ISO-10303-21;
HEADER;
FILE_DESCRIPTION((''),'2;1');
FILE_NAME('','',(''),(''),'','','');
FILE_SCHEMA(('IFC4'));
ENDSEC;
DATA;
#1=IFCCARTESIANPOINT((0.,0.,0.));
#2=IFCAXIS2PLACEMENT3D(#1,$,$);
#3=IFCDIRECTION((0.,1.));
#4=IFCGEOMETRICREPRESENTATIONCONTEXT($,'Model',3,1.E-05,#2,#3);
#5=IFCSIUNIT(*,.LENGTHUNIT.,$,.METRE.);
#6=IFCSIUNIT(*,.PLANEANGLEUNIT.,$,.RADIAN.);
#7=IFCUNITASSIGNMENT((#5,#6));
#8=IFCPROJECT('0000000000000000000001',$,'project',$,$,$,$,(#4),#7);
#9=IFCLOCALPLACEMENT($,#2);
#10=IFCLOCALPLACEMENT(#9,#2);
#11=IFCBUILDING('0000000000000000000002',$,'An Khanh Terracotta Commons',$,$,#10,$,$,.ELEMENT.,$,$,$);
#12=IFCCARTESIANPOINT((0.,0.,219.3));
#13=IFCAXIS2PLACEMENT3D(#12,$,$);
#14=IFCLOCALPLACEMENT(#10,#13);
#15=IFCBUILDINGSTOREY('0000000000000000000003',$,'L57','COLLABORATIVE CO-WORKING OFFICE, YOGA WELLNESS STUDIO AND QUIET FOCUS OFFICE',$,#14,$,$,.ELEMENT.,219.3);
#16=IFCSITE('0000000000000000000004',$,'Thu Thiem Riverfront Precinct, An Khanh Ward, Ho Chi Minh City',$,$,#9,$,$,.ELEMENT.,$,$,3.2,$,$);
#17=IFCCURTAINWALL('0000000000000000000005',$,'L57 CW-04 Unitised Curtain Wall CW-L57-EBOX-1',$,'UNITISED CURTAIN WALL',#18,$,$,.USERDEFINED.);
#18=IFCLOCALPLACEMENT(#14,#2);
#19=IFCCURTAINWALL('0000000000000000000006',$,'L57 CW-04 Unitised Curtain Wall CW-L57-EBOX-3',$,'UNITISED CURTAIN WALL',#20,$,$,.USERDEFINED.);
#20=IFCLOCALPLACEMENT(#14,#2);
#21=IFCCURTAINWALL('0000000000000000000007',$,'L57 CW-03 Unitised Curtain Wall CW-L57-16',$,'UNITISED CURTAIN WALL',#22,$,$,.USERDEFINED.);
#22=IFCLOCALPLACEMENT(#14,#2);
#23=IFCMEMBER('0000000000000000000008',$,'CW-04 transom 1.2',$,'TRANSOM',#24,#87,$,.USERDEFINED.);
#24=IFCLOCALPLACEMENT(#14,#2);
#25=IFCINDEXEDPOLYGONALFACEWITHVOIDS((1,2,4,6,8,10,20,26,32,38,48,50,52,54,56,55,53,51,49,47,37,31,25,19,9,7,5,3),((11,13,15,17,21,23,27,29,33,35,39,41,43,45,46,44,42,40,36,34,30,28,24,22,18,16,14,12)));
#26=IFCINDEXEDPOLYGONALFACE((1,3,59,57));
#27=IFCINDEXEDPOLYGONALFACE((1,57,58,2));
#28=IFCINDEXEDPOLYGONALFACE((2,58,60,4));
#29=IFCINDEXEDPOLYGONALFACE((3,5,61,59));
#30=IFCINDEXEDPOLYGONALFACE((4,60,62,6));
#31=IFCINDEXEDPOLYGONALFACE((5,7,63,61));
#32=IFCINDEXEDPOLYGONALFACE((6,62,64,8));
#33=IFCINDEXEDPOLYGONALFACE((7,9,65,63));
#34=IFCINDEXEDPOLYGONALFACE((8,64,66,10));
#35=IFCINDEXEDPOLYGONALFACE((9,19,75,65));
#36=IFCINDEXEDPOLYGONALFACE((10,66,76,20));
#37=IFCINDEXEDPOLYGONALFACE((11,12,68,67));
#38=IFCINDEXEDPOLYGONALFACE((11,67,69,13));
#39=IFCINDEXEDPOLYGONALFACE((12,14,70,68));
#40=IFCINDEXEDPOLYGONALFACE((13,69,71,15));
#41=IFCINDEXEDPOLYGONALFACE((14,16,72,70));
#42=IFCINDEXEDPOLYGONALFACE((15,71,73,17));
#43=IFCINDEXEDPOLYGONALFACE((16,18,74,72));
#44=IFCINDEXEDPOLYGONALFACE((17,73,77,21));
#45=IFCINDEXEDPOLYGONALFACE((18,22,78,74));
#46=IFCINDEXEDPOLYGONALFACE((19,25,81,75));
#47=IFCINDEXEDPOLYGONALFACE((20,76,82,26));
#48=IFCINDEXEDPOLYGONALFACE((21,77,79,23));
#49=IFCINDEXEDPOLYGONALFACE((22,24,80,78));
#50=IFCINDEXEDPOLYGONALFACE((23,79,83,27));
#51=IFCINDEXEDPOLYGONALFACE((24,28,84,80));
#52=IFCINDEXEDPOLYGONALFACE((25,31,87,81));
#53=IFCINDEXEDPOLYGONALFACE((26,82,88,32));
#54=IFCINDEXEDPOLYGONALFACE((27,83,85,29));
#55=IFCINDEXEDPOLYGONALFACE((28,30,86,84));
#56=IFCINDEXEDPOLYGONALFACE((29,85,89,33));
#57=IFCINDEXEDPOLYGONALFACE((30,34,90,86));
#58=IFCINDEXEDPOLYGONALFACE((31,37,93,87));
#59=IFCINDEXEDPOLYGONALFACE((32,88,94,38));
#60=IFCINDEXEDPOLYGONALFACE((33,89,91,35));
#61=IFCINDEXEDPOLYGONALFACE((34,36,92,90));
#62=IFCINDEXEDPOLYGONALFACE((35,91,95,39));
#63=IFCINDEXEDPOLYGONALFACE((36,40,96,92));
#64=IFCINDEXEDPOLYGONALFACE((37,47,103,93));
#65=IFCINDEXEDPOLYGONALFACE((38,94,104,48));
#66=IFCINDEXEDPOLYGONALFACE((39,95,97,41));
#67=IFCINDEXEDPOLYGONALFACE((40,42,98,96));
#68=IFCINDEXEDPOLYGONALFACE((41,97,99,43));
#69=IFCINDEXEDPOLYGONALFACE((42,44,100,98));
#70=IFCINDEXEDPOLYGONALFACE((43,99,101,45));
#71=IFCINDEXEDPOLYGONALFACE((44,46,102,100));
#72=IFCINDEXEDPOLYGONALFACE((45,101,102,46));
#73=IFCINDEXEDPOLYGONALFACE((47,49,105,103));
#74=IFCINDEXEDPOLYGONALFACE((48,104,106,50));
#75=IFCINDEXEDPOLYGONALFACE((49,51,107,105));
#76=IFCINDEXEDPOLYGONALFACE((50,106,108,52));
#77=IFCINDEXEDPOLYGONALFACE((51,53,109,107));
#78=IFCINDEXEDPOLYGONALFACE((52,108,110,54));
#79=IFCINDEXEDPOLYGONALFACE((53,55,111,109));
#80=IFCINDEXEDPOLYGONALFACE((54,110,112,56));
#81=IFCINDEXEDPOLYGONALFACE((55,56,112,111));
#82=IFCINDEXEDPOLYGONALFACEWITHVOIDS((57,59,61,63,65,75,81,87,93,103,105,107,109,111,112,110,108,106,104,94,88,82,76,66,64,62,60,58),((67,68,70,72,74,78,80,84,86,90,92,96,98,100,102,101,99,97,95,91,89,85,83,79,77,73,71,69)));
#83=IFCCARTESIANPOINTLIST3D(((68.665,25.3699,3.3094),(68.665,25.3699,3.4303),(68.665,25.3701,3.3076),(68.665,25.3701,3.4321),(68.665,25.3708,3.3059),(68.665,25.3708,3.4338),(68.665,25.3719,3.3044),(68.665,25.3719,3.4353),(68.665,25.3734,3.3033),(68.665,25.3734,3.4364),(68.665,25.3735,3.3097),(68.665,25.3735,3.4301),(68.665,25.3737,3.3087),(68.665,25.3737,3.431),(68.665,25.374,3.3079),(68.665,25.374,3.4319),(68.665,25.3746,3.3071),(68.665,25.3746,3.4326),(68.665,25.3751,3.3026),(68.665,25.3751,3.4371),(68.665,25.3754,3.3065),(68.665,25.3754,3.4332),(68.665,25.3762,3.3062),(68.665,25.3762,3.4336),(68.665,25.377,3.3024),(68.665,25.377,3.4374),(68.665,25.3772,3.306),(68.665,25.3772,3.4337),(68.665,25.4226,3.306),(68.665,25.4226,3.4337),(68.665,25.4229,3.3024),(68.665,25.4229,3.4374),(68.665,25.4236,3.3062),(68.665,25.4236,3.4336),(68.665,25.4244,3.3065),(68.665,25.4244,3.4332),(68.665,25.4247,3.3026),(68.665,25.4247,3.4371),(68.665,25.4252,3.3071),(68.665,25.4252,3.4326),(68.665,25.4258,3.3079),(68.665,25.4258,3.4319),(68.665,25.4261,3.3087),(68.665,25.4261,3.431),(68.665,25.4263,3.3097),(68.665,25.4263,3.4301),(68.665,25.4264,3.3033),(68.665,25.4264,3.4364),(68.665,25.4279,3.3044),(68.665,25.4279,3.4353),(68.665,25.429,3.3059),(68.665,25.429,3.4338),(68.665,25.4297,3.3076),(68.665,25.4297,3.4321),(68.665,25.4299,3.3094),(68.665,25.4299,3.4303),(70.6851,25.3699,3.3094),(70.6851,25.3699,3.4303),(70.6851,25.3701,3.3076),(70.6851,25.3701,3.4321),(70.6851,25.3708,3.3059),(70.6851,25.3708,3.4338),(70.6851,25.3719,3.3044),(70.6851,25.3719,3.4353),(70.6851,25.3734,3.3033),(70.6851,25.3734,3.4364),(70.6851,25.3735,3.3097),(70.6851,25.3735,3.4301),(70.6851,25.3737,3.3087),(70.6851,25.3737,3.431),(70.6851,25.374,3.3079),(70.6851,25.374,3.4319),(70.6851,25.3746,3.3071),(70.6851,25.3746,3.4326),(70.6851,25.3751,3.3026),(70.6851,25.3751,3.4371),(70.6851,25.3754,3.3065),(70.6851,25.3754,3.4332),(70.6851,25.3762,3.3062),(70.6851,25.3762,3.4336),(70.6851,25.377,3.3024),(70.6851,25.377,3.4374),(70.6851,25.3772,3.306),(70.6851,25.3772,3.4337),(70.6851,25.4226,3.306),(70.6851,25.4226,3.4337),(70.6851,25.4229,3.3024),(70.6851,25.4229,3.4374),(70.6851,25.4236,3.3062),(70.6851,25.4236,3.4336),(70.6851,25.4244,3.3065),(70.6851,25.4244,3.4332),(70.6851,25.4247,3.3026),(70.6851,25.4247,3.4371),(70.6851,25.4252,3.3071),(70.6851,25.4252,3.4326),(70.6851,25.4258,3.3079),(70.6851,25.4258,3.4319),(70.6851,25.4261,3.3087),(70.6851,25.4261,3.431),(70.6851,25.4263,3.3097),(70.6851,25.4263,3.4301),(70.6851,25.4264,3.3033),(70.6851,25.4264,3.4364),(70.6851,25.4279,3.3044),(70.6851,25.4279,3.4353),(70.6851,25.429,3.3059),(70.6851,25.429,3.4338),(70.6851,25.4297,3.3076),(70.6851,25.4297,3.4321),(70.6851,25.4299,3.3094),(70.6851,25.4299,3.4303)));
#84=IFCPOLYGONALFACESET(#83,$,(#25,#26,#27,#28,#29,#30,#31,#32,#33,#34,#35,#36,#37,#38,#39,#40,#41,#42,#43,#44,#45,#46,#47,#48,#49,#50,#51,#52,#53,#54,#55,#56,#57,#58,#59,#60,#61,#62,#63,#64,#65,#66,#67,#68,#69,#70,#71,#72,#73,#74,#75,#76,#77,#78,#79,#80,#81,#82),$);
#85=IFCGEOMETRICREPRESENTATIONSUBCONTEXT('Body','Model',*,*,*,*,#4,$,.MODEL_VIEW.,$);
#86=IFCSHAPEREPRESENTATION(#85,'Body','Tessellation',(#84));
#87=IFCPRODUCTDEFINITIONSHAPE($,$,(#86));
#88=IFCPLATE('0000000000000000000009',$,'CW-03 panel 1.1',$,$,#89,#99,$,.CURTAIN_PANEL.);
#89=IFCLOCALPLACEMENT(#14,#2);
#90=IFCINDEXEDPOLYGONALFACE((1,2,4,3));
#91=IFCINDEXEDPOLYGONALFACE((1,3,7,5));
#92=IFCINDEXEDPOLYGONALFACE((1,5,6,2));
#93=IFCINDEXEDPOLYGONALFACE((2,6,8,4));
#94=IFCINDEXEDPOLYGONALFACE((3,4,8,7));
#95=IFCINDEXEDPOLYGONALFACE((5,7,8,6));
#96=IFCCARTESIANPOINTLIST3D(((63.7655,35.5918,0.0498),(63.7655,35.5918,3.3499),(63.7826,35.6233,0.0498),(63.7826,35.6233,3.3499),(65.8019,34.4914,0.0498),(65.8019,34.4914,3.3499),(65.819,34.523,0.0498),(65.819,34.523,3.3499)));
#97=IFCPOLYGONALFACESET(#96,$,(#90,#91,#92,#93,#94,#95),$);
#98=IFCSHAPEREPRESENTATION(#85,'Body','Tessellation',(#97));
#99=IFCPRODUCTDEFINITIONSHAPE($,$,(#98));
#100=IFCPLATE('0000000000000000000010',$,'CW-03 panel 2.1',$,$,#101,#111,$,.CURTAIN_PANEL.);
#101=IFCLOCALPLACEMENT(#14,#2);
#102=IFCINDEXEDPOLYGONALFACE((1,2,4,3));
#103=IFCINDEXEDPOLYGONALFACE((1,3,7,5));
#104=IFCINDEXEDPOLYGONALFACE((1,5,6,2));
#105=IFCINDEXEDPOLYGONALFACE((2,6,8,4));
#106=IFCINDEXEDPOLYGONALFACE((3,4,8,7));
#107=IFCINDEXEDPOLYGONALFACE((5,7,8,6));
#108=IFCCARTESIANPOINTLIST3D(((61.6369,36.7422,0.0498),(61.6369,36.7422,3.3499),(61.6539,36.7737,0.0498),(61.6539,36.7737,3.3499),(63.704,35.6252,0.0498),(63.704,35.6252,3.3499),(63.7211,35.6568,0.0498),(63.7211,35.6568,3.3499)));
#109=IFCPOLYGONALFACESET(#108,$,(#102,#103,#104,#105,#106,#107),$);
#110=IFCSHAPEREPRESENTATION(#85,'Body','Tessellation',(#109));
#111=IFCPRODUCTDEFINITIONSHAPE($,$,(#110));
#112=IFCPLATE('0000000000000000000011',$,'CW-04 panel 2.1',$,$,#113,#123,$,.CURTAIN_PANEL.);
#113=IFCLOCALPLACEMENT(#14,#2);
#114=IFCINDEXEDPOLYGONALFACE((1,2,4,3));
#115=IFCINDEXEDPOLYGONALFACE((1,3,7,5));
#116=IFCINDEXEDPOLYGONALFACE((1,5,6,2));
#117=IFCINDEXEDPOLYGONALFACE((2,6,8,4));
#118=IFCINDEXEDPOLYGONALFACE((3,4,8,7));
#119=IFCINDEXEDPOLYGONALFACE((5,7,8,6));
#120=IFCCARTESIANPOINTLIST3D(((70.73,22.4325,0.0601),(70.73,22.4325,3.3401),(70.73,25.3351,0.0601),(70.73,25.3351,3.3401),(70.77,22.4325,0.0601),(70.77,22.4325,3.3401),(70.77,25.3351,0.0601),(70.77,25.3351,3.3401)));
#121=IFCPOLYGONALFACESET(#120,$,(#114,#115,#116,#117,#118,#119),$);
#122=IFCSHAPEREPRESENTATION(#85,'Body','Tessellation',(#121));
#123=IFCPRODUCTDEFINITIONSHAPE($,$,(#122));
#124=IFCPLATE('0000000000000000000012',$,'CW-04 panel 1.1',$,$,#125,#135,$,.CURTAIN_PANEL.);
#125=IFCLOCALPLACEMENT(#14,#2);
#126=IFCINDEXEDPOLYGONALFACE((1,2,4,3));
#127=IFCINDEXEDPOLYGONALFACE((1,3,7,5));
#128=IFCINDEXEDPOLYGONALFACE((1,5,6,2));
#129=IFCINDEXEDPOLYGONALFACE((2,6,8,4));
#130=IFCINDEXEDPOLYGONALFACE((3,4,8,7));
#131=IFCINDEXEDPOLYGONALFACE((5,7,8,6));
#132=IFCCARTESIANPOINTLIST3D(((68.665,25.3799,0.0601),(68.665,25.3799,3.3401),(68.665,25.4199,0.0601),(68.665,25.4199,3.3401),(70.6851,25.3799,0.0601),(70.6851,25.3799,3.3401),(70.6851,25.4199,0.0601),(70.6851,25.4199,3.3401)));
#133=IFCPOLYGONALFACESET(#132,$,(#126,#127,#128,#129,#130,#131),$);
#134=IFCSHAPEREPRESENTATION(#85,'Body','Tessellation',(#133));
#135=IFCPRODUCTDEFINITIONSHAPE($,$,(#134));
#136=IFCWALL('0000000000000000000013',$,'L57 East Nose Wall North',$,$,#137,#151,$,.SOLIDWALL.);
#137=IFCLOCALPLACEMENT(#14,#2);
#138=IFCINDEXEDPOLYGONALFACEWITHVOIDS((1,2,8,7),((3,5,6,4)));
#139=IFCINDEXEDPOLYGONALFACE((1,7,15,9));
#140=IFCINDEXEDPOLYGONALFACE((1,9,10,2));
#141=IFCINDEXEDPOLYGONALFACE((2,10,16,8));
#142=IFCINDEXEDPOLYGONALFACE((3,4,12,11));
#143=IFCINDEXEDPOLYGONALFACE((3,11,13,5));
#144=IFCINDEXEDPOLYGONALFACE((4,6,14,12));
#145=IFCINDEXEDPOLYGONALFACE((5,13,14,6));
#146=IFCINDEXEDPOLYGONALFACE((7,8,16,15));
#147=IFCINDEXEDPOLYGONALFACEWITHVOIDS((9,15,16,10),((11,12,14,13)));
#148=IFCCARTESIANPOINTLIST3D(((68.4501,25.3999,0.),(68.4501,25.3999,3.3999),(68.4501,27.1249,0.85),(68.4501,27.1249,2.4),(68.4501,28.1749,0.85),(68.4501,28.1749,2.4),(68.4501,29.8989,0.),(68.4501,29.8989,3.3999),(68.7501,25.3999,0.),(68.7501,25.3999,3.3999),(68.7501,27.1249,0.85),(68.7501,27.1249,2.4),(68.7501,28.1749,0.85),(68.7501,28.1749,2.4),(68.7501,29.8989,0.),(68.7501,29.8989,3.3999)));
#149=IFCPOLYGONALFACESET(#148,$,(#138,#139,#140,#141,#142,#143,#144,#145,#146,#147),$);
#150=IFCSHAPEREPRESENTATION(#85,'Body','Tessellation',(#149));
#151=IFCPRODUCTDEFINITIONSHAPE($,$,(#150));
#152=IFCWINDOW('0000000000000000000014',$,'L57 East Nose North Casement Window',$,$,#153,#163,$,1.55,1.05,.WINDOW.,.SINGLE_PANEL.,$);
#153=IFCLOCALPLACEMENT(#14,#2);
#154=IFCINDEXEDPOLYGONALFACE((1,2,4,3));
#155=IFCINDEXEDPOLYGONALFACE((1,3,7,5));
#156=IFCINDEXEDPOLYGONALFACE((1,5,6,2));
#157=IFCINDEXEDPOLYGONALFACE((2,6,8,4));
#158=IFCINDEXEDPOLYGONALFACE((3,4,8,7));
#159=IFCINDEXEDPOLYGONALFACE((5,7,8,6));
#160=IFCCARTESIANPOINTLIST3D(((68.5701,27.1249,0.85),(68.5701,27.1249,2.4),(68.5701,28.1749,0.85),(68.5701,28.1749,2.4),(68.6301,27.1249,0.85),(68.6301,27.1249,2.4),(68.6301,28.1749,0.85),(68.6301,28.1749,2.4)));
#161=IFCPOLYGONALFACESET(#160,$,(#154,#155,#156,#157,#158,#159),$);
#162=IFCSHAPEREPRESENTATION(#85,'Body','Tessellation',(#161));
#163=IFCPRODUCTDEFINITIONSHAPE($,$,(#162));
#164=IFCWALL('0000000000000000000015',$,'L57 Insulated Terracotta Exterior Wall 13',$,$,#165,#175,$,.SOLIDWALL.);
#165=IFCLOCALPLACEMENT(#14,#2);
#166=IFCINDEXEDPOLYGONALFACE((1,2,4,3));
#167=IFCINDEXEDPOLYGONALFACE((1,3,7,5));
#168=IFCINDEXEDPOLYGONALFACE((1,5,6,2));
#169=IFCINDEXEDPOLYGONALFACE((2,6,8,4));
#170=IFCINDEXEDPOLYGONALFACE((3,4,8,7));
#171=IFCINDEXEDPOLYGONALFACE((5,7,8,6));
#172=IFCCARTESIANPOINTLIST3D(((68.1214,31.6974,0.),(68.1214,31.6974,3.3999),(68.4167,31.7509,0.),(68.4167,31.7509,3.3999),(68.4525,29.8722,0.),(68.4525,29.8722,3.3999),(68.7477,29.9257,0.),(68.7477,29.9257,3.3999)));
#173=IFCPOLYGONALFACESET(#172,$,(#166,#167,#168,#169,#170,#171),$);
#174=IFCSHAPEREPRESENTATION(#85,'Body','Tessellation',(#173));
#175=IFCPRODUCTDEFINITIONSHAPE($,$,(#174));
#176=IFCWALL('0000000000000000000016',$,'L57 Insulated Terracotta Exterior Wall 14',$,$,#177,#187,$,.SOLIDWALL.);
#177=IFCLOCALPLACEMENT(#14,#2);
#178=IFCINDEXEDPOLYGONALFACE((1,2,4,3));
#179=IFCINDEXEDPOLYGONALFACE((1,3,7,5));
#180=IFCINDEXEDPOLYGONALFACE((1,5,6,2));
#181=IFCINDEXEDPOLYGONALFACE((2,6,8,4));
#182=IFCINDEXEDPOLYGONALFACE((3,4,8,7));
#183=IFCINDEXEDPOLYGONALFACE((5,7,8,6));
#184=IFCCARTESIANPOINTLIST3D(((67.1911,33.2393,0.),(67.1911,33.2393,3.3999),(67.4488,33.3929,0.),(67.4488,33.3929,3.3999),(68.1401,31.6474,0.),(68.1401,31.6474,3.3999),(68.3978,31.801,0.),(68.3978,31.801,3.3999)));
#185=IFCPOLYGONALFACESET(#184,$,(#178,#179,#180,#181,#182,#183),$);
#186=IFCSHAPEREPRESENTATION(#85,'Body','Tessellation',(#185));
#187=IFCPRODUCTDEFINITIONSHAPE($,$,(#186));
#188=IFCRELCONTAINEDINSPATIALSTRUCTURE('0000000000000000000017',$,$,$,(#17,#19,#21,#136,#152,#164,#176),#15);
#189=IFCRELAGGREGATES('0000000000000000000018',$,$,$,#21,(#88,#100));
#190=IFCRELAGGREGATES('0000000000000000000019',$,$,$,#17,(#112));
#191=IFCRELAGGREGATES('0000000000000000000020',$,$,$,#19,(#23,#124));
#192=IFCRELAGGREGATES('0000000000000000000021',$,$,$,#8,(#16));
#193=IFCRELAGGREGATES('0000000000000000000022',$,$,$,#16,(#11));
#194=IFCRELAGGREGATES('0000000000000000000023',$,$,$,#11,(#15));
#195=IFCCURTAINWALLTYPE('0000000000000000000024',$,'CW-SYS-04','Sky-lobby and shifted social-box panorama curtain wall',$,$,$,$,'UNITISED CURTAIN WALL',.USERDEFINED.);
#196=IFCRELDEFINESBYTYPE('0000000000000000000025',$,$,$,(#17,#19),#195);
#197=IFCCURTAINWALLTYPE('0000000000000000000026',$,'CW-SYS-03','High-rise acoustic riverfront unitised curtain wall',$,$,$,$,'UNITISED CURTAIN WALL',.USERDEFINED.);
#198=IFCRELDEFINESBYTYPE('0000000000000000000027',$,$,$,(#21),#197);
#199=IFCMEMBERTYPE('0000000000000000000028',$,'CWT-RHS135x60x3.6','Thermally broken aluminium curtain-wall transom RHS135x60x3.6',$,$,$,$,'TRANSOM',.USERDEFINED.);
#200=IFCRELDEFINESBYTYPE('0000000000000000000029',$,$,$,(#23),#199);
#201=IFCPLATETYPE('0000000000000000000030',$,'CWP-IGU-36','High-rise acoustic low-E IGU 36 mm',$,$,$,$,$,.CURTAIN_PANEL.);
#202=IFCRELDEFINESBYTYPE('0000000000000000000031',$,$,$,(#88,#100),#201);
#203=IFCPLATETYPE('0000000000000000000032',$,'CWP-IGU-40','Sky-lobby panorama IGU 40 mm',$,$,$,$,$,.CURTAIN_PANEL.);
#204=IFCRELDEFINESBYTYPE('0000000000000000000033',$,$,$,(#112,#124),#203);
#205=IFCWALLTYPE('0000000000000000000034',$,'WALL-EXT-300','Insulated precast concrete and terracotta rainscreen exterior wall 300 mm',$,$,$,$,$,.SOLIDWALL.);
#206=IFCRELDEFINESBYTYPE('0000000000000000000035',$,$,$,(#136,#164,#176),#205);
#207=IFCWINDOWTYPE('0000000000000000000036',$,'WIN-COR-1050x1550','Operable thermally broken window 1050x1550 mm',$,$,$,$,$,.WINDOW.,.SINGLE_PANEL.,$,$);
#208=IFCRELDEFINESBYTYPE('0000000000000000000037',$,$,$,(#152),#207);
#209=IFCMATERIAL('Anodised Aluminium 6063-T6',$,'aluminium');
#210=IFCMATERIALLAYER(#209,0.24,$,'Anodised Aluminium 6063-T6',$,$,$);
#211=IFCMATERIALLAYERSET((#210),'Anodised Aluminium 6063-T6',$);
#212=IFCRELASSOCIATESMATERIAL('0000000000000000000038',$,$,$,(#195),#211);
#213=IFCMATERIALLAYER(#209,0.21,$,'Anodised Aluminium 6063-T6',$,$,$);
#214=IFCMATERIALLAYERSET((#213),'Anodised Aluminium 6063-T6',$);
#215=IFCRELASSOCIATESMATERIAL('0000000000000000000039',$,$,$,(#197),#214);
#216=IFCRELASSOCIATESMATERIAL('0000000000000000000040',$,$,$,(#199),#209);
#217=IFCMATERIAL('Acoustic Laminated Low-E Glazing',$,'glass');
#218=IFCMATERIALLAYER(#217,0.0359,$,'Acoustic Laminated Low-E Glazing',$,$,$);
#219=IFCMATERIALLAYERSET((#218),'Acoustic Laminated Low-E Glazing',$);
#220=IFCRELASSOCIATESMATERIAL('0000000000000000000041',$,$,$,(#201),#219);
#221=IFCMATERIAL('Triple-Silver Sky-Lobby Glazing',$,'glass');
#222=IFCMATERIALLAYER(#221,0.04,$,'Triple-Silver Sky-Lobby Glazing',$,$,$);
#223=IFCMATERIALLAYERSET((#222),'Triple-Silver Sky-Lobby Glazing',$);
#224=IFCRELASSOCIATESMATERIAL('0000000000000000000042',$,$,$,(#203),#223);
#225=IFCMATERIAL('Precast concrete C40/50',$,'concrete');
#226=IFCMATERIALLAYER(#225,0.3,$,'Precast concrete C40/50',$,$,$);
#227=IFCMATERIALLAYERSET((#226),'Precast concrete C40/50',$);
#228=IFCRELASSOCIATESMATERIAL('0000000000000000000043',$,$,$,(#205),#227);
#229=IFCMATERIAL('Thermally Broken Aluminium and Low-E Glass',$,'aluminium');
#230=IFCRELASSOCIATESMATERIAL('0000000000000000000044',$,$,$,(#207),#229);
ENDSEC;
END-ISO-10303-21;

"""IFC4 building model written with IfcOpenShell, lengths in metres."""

from ifc_helpers import new_model, si_unit, direction, frame, frame_2d, origin, origin_2d, place, context, subcontext, project, spatial, rectangle, hollow_rectangle, extrude, material, layer, layer_set, material_profile, profile_set, type_object, element, fill, aggregate, save


model = new_model("IFC4")

# Units and contexts
model_context = context("Model", 3, precision=1e-05, world=origin(), true_north=direction((0.0, 1.0)))
body_context = subcontext(model_context, "Body", "Model", "MODEL_VIEW")
ifc_project = project(units=[si_unit("LENGTHUNIT", "METRE"), si_unit("PLANEANGLEUNIT", "RADIAN")], contexts=[model_context])

# Site, building, storey
site_placement = place(None, origin())
site = spatial("IfcSite", under=ifc_project, at=site_placement, Name="Thu Thiem Riverfront Precinct, An Khanh Ward, Ho Chi Minh City", CompositionType="ELEMENT", RefElevation=3.2)
building_placement = place(site_placement, origin())
building = spatial("IfcBuilding", under=site, at=building_placement, Name="An Khanh Terracotta Commons", CompositionType="ELEMENT")
storey_placement = place(building_placement, frame((0.0, 0.0, 219.3)))
storey = spatial("IfcBuildingStorey", under=building, at=storey_placement, Name="L57", Description="COLLABORATIVE CO-WORKING OFFICE, YOGA WELLNESS STUDIO AND QUIET FOCUS OFFICE", CompositionType="ELEMENT", Elevation=219.3)

# Curtain wall
ifc_material_1 = material(Name="Anodised Aluminium 6063-T6", Category="aluminium")
ifc_layer_1 = layer(ifc_material_1, 0.24, Name="Anodised Aluminium 6063-T6")
ifc_layer_set_1 = layer_set([ifc_layer_1], Name="Anodised Aluminium 6063-T6")
curtain_wall_type_1 = type_object("IfcCurtainWallType", Name="CW-SYS-04", Description="Sky-lobby and shifted social-box panorama curtain wall", ElementType="UNITISED CURTAIN WALL", PredefinedType="USERDEFINED", material=ifc_layer_set_1)
curtain_wall_1_placement = place(storey_placement, origin())
curtain_wall_1 = element("IfcCurtainWall", 1, at=curtain_wall_1_placement, inside=storey, type_object=curtain_wall_type_1, Name="L57 CW-04 Unitised Curtain Wall CW-L57-EBOX-1", ObjectType="UNITISED CURTAIN WALL", PredefinedType="USERDEFINED")

# Curtain walls
curtain_wall_2_placement = place(storey_placement, origin())
curtain_wall_2 = element("IfcCurtainWall", 2, at=curtain_wall_2_placement, inside=storey, type_object=curtain_wall_type_1, Name="L57 CW-04 Unitised Curtain Wall CW-L57-EBOX-3", ObjectType="UNITISED CURTAIN WALL", PredefinedType="USERDEFINED")
ifc_layer_2 = layer(ifc_material_1, 0.21, Name="Anodised Aluminium 6063-T6")
ifc_layer_set_2 = layer_set([ifc_layer_2], Name="Anodised Aluminium 6063-T6")
curtain_wall_type_2 = type_object("IfcCurtainWallType", Name="CW-SYS-03", Description="High-rise acoustic riverfront unitised curtain wall", ElementType="UNITISED CURTAIN WALL", PredefinedType="USERDEFINED", material=ifc_layer_set_2)
curtain_wall_3_placement = place(storey_placement, origin())
curtain_wall_3 = element("IfcCurtainWall", 3, at=curtain_wall_3_placement, inside=storey, type_object=curtain_wall_type_2, Name="L57 CW-03 Unitised Curtain Wall CW-L57-16", ObjectType="UNITISED CURTAIN WALL", PredefinedType="USERDEFINED")

# Member
ifc_material_profile_1 = material_profile(ifc_material_1, hollow_rectangle(XDim=0.0601, YDim=0.135, WallThickness=0.0037, InnerFilletRadius=0.0037, OuterFilletRadius=0.0071, at=origin_2d()), Name="RHS135x60x3.6")
ifc_profile_set_1 = profile_set([ifc_material_profile_1], Name="Anodised Aluminium 6063-T6")
member_type_1 = type_object("IfcMemberType", Name="CWT-RHS135x60x3.6", Description="Thermally broken aluminium curtain-wall transom RHS135x60x3.6", ElementType="TRANSOM", PredefinedType="USERDEFINED", material=ifc_profile_set_1)
member_1_placement = place(storey_placement, frame((70.6851, 25.3999, 3.3699), z_axis=(-1.0, 0.0, 0.0), x_axis=(0.0, -1.0, 0.0)))
member_1 = element("IfcMember", 4, at=member_1_placement, type_object=member_type_1, Name="CW-04 transom 1.2", ObjectType="TRANSOM", PredefinedType="USERDEFINED", context=body_context, shape_type="SweptSolid", body=[
    extrude(hollow_rectangle(XDim=0.0601, YDim=0.135, WallThickness=0.0037, InnerFilletRadius=0.0037, OuterFilletRadius=0.0071, at=origin_2d()), origin(), (0.0, 0.0, 1.0), 2.02),
])

# Plates
ifc_material_2 = material(Name="Acoustic Laminated Low-E Glazing", Category="glass")
ifc_layer_3 = layer(ifc_material_2, 0.0359, Name="Acoustic Laminated Low-E Glazing")
ifc_layer_set_3 = layer_set([ifc_layer_3], Name="Acoustic Laminated Low-E Glazing")
plate_type_1 = type_object("IfcPlateType", Name="CWP-IGU-36", Description="High-rise acoustic low-E IGU 36 mm", PredefinedType="CURTAIN_PANEL", material=ifc_layer_set_3)
plate_1_placement = place(storey_placement, frame((64.7922, 35.0574, 0.0498), z_axis=(0.0, 0.0, 1.0), x_axis=(-0.87978, 0.475381, 0.0)))
plate_1 = element("IfcPlate", 5, at=plate_1_placement, type_object=plate_type_1, Name="CW-03 panel 1.1", PredefinedType="CURTAIN_PANEL", context=body_context, shape_type="SweptSolid", body=[
    extrude(rectangle(XDim=2.3147, YDim=0.0359, at=origin_2d()), origin(), (0.0, 0.0, 1.0), 3.3),
])
plate_2_placement = place(storey_placement, frame((62.679, 36.1995, 0.0498), z_axis=(0.0, 0.0, 1.0), x_axis=(-0.87978, 0.475381, 0.0)))
plate_2 = element("IfcPlate", 6, at=plate_2_placement, type_object=plate_type_1, Name="CW-03 panel 2.1", PredefinedType="CURTAIN_PANEL", context=body_context, shape_type="SweptSolid", body=[
    extrude(rectangle(XDim=2.3496, YDim=0.0359, at=origin_2d()), origin(), (0.0, 0.0, 1.0), 3.3),
])
aggregate(curtain_wall_3, [plate_1, plate_2])
ifc_material_3 = material(Name="Triple-Silver Sky-Lobby Glazing", Category="glass")
ifc_layer_4 = layer(ifc_material_3, 0.04, Name="Triple-Silver Sky-Lobby Glazing")
ifc_layer_set_4 = layer_set([ifc_layer_4], Name="Triple-Silver Sky-Lobby Glazing")
plate_type_2 = type_object("IfcPlateType", Name="CWP-IGU-40", Description="Sky-lobby panorama IGU 40 mm", PredefinedType="CURTAIN_PANEL", material=ifc_layer_set_4)
plate_3_placement = place(storey_placement, frame((70.75, 23.8838, 0.0601), z_axis=(0.0, 0.0, 1.0), x_axis=(0.0, 1.0, 0.0)))
plate_3 = element("IfcPlate", 7, at=plate_3_placement, type_object=plate_type_2, Name="CW-04 panel 2.1", PredefinedType="CURTAIN_PANEL", context=body_context, shape_type="SweptSolid", body=[
    extrude(rectangle(XDim=2.9026, YDim=0.04, at=origin_2d()), origin(), (0.0, 0.0, 1.0), 3.28),
])
aggregate(curtain_wall_1, [plate_3])
plate_4_placement = place(storey_placement, frame((69.675, 25.3999, 0.0601), z_axis=(0.0, 0.0, 1.0), x_axis=(-1.0, 0.0, 0.0)))
plate_4 = element("IfcPlate", 8, at=plate_4_placement, type_object=plate_type_2, Name="CW-04 panel 1.1", PredefinedType="CURTAIN_PANEL", context=body_context, shape_type="SweptSolid", body=[
    extrude(rectangle(XDim=2.02, YDim=0.04, at=origin_2d()), origin(), (0.0, 0.0, 1.0), 3.28),
])
aggregate(curtain_wall_2, [member_1, plate_4])

# Wall, opening, window
ifc_material_4 = material(Name="Precast concrete C40/50", Category="concrete")
ifc_layer_5 = layer(ifc_material_4, 0.3, Name="Precast concrete C40/50")
ifc_layer_set_5 = layer_set([ifc_layer_5], Name="Precast concrete C40/50")
wall_type = type_object("IfcWallType", Name="WALL-EXT-300", Description="Insulated precast concrete and terracotta rainscreen exterior wall 300 mm", PredefinedType="SOLIDWALL", material=ifc_layer_set_5)
wall_1_placement = place(storey_placement, frame((68.6001, 25.3999, 0.0), z_axis=(0.0, 0.0, 1.0), x_axis=(0.0, 1.0, 0.0)))
wall_1 = element("IfcWall", 9, at=wall_1_placement, inside=storey, type_object=wall_type, Name="L57 East Nose Wall North", PredefinedType="SOLIDWALL", context=body_context, shape_type="SweptSolid", body=[
    extrude(rectangle(XDim=4.499, YDim=0.3, at=frame_2d((2.2495, 0.0))), origin(), (0.0, 0.0, 1.0), 3.3999),
])
opening_placement = place(wall_1_placement, frame((1.7251, 0.0, 0.8501)))
opening = element("IfcOpeningElement", 10, at=opening_placement, cuts=wall_1, PredefinedType="OPENING", context=body_context, shape_type="SweptSolid", body=[
    extrude(rectangle(XDim=1.05, YDim=1.55, at=frame_2d((0.5249, 0.7749))), frame((0.0, 0.1599, 0.0), z_axis=(0.0, -1.0, 0.0), x_axis=(1.0, 0.0, 0.0)), (0.0, 0.0, 1.0), 0.3201),
])
ifc_material_5 = material(Name="Thermally Broken Aluminium and Low-E Glass", Category="aluminium")
window_type = type_object("IfcWindowType", Name="WIN-COR-1050x1550", Description="Operable thermally broken window 1050x1550 mm", PartitioningType="SINGLE_PANEL", PredefinedType="WINDOW", material=ifc_material_5)
window_placement = place(opening_placement, origin())
window = element("IfcWindow", 11, at=window_placement, inside=storey, type_object=window_type, Name="L57 East Nose North Casement Window", OverallHeight=1.55, OverallWidth=1.05, PartitioningType="SINGLE_PANEL", PredefinedType="WINDOW", context=body_context, shape_type="SweptSolid", body=[
    extrude(rectangle(XDim=1.05, YDim=1.55, at=frame_2d((0.5249, 0.7749))), frame((0.0, 0.03, 0.0), z_axis=(0.0, -1.0, 0.0), x_axis=(1.0, 0.0, 0.0)), (0.0, 0.0, 1.0), 0.0601),
])
fill(opening, window)

# Walls
wall_2_placement = place(storey_placement, frame((68.6001, 29.8989, 0.0), z_axis=(0.0, 0.0, 1.0), x_axis=(-0.178468, 0.983946, 0.0)))
element("IfcWall", 12, at=wall_2_placement, inside=storey, type_object=wall_type, Name="L57 Insulated Terracotta Exterior Wall 13", PredefinedType="SOLIDWALL", context=body_context, shape_type="SweptSolid", body=[
    extrude(rectangle(XDim=1.855, YDim=0.3, at=frame_2d((0.9275, 0.0))), origin(), (0.0, 0.0, 1.0), 3.3999),
])
wall_3_placement = place(storey_placement, frame((68.269, 31.7241, 0.0), z_axis=(0.0, 0.0, 1.0), x_axis=(-0.512072, 0.858943, 0.0)))
element("IfcWall", 13, at=wall_3_placement, inside=storey, type_object=wall_type, Name="L57 Insulated Terracotta Exterior Wall 14", PredefinedType="SOLIDWALL", context=body_context, shape_type="SweptSolid", body=[
    extrude(rectangle(XDim=1.8533, YDim=0.3, at=frame_2d((0.9268, 0.0))), origin(), (0.0, 0.0, 1.0), 3.3999),
])

save(model, "model.ifc")
